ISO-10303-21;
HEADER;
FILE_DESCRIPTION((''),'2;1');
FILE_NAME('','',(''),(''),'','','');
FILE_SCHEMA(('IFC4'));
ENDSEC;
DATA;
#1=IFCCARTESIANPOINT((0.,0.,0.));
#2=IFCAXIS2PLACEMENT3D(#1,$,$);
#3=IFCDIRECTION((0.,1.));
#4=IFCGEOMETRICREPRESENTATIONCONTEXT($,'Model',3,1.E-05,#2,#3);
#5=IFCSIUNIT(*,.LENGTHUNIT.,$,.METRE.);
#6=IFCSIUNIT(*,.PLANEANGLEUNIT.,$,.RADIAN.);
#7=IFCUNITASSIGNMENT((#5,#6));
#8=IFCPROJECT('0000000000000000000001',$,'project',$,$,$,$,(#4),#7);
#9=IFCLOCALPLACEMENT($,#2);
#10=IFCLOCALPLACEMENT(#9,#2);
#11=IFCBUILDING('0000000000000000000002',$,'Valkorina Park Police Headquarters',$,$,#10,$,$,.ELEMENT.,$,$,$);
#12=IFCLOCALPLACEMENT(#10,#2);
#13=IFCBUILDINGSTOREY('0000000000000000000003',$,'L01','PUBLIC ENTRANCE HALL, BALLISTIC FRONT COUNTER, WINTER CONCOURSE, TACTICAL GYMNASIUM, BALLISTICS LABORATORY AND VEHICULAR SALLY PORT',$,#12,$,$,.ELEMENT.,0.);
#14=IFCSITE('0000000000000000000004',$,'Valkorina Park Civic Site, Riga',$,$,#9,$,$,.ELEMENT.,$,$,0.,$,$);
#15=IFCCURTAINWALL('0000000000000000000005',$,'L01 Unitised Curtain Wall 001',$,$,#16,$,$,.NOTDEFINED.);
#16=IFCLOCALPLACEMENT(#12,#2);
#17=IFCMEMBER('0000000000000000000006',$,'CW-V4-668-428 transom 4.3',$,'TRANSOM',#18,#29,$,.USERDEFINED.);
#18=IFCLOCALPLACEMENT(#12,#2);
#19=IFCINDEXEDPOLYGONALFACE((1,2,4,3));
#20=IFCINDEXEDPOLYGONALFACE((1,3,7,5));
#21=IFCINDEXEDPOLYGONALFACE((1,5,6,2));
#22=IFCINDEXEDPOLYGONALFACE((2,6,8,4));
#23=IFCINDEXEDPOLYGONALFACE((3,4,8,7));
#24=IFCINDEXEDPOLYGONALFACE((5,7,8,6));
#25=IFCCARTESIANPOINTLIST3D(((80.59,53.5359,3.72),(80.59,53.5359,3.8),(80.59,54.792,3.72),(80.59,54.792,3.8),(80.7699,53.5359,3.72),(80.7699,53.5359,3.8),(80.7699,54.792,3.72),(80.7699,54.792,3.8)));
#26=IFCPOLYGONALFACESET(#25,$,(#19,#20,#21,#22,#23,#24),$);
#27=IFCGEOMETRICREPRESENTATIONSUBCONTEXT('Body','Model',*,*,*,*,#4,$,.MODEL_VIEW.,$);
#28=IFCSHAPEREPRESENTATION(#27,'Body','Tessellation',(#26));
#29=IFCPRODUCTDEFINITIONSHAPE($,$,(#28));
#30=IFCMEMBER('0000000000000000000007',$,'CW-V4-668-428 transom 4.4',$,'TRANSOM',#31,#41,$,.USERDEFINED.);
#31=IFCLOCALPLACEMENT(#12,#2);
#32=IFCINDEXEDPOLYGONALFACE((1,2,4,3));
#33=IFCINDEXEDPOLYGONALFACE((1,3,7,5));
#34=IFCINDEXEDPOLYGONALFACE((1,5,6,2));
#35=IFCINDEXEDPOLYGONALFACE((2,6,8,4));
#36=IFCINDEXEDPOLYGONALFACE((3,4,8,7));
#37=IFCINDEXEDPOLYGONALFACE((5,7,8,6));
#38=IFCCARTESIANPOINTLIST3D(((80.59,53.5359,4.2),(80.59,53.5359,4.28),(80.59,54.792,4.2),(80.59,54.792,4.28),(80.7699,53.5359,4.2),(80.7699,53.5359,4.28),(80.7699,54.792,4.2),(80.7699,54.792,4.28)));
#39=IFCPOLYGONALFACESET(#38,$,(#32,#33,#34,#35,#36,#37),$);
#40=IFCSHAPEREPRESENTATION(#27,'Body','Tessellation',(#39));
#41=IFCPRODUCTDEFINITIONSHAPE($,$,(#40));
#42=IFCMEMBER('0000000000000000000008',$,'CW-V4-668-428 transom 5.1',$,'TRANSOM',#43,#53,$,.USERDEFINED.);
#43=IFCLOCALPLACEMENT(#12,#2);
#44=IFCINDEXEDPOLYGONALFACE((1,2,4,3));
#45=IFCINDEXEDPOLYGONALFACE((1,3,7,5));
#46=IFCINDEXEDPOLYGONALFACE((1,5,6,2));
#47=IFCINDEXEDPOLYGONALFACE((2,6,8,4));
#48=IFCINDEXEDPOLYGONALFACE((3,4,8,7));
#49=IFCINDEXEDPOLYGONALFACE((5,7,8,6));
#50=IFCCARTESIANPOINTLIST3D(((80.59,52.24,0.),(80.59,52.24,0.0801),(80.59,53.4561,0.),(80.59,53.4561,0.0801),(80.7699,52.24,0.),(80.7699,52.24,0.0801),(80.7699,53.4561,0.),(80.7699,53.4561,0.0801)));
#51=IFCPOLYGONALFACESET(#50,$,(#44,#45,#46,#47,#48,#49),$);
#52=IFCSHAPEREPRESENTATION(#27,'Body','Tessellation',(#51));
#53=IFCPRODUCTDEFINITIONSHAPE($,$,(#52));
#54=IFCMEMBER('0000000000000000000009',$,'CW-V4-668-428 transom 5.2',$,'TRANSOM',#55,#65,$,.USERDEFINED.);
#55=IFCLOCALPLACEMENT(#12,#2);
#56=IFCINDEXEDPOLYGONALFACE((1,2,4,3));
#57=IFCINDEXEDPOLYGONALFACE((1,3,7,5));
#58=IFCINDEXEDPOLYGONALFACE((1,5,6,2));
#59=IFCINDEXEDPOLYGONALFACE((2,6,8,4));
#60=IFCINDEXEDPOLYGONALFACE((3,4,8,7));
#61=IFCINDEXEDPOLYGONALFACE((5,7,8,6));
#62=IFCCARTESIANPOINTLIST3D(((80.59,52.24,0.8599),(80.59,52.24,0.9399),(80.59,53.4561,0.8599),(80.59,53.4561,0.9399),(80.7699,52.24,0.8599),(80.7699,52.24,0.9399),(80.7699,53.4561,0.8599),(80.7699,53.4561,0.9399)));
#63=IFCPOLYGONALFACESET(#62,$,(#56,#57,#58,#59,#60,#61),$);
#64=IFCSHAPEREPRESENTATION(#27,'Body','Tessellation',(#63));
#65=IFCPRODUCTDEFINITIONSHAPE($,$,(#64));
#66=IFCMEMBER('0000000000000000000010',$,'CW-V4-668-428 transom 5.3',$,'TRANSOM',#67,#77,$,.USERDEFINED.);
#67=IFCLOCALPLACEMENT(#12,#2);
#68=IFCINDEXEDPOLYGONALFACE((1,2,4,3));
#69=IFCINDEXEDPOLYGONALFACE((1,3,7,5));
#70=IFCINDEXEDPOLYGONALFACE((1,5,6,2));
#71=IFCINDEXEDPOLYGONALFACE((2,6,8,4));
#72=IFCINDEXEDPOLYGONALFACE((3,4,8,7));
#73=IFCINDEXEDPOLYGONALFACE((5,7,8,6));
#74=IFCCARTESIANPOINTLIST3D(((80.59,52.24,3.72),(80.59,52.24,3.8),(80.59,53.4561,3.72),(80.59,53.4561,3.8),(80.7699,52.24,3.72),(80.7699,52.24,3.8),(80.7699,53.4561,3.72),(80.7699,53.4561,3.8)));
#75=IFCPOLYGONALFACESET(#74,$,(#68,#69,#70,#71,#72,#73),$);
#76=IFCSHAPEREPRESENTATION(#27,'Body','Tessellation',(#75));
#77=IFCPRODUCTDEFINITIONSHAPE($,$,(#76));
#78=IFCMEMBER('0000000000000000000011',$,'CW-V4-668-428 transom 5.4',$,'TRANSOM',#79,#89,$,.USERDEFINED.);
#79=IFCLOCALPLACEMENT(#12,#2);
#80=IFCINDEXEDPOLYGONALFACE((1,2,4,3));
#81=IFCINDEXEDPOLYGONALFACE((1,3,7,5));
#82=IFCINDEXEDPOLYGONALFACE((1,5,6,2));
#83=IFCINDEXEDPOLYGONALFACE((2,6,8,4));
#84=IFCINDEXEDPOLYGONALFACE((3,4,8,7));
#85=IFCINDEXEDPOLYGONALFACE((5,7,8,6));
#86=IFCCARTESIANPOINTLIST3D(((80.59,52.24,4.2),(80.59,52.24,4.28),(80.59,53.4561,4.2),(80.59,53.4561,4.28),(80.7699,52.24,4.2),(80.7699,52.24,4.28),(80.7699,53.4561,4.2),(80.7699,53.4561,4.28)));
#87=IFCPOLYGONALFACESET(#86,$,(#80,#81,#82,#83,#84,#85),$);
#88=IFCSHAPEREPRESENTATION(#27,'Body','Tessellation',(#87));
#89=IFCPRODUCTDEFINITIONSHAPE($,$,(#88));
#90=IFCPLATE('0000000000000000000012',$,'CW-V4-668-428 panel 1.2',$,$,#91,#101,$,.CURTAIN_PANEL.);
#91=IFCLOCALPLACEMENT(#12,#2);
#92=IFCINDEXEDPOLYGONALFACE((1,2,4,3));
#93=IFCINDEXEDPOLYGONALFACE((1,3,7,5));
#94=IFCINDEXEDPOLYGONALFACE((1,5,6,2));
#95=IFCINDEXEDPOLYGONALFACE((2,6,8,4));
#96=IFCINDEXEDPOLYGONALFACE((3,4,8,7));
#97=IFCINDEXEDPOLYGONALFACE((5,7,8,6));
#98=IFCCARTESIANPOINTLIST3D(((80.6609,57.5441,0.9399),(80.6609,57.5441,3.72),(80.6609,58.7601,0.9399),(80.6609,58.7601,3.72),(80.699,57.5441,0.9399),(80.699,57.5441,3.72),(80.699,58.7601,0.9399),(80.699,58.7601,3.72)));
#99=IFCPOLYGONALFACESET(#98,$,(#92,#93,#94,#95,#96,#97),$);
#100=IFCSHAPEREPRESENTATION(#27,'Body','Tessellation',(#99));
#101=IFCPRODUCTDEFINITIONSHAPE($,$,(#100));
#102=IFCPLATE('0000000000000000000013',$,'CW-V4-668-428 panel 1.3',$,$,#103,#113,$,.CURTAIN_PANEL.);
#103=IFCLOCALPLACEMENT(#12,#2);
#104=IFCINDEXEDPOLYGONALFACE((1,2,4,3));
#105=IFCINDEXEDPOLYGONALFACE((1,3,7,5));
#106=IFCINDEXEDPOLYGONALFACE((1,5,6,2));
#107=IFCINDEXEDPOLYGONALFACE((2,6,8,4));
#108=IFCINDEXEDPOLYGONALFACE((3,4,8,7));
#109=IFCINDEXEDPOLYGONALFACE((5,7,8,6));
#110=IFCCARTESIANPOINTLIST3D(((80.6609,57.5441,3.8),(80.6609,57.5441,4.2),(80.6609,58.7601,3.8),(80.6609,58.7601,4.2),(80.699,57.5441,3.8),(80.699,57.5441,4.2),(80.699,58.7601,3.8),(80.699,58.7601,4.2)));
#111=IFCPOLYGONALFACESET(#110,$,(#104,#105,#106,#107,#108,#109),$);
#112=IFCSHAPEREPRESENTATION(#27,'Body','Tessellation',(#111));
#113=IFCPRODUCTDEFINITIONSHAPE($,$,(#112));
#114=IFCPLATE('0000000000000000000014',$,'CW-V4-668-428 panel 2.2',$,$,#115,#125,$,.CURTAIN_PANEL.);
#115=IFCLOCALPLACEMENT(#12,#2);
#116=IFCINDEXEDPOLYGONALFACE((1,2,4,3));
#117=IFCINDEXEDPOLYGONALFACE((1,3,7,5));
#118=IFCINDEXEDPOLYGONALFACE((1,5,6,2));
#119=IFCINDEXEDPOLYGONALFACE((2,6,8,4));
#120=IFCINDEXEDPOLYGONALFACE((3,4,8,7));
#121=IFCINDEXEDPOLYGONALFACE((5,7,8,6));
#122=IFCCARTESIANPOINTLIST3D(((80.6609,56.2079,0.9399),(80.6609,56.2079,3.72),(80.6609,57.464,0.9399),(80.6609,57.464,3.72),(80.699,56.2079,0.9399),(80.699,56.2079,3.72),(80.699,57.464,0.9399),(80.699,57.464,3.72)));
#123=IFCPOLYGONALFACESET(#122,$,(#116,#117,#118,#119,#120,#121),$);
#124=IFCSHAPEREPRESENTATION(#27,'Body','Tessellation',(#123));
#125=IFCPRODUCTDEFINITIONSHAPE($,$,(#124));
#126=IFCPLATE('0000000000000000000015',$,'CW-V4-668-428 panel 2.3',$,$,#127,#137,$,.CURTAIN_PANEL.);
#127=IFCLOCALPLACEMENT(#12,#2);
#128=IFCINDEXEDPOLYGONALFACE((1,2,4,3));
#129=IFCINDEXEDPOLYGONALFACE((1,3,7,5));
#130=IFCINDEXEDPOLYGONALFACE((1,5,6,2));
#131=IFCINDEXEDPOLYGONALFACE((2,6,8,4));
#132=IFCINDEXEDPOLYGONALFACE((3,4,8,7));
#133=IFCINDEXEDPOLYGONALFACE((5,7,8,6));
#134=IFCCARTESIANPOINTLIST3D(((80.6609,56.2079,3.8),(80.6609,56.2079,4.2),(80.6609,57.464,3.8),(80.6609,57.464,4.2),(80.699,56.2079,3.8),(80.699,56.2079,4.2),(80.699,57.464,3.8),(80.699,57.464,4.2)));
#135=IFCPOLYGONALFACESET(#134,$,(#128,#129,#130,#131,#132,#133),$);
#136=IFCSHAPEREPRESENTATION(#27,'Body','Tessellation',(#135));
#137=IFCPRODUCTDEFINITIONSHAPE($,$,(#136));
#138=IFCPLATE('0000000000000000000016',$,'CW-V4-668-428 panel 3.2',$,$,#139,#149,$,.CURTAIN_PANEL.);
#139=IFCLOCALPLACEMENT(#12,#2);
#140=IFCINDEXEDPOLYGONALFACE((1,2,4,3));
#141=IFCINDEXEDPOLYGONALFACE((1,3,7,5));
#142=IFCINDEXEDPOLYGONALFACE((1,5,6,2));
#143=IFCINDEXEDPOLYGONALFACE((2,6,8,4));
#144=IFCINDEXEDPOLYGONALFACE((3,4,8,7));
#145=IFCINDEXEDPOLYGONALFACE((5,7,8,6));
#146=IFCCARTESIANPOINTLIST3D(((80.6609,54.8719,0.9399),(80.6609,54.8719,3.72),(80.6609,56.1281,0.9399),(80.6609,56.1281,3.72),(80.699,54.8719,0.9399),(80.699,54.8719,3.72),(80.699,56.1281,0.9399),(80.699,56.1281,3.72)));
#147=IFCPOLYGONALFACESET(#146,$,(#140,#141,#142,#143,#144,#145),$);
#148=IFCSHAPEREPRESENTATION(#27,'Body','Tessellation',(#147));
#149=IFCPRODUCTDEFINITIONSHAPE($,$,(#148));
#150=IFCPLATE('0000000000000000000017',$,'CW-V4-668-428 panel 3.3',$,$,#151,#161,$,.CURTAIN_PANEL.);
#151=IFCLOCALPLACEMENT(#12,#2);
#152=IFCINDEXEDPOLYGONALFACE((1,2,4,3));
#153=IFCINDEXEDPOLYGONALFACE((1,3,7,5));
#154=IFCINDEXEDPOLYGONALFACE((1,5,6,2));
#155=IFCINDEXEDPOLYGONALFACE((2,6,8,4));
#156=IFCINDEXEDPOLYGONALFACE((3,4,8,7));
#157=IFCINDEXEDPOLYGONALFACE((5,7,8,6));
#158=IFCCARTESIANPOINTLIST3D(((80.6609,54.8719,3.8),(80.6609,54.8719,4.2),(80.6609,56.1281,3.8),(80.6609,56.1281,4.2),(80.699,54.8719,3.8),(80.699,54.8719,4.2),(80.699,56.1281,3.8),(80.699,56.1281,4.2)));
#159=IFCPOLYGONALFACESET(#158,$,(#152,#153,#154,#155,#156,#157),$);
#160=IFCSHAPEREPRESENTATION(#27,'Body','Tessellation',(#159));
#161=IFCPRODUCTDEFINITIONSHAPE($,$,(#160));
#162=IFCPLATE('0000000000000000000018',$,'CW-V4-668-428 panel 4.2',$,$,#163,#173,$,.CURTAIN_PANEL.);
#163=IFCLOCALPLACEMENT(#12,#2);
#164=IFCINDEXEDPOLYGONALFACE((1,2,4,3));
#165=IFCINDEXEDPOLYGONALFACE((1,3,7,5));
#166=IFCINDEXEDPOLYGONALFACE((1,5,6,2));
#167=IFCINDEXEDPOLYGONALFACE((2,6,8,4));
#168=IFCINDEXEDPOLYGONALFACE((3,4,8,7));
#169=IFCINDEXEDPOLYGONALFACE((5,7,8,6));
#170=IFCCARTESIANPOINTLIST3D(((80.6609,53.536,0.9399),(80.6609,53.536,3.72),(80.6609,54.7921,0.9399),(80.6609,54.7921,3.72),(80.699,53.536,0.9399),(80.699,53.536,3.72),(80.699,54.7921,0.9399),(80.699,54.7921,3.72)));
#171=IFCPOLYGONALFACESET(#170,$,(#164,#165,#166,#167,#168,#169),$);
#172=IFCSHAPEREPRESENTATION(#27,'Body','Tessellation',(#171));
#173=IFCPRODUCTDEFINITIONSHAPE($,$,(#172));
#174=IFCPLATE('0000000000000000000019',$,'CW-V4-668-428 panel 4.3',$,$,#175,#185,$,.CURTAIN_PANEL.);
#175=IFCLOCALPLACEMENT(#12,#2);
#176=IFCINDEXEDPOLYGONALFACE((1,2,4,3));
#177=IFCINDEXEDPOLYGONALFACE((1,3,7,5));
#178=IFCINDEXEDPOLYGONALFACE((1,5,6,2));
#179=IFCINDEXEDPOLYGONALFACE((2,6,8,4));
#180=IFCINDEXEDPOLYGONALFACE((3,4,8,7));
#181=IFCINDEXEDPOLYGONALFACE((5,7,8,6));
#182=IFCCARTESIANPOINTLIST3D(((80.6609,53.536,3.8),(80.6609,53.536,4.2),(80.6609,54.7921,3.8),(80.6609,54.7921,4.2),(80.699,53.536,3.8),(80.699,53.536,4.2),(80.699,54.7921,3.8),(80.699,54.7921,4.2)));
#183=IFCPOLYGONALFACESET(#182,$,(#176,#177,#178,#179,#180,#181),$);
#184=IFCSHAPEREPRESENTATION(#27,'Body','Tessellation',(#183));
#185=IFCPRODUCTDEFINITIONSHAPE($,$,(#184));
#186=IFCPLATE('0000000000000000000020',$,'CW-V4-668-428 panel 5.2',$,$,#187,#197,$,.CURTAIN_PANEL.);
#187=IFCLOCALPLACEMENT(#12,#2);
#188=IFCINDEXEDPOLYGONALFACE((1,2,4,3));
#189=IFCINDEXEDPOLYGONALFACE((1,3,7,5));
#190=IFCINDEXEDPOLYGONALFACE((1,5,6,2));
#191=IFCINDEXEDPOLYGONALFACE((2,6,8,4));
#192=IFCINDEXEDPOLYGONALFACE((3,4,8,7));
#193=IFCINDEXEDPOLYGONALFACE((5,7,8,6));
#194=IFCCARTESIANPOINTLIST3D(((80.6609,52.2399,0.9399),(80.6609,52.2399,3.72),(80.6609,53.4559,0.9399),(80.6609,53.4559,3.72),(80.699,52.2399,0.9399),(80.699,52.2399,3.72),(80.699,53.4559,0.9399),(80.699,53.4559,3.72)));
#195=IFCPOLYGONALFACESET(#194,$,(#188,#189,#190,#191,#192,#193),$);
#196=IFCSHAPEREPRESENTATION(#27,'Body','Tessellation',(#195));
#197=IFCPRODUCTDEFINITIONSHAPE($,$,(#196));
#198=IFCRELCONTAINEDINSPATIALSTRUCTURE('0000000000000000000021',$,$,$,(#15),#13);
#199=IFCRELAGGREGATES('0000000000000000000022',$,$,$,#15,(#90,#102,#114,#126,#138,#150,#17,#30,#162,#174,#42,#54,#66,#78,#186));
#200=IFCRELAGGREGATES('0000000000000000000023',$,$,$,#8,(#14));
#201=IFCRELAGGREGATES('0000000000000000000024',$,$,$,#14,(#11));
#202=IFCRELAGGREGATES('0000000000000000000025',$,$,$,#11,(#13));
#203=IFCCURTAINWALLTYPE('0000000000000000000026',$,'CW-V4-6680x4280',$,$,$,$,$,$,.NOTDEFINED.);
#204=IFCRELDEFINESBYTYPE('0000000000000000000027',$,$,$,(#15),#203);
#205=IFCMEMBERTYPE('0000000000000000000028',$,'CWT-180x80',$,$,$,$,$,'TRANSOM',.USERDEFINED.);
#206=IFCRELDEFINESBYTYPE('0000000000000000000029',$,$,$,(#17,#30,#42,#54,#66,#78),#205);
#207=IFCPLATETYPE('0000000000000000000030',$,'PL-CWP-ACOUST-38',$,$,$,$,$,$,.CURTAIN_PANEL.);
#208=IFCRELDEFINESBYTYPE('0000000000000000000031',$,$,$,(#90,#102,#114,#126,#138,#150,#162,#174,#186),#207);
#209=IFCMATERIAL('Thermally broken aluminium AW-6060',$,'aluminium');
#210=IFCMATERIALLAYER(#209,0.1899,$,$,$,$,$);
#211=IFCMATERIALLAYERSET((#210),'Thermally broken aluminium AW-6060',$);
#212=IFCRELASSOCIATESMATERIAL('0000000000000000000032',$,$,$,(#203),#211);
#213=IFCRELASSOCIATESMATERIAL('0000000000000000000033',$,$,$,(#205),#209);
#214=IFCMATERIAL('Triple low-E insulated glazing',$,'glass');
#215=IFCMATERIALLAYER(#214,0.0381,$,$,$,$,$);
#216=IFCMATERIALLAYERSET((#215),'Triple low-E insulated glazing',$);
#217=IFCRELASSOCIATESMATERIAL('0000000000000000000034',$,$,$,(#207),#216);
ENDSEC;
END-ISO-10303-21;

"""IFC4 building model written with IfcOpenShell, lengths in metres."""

from ifc_helpers import new_model, si_unit, direction, frame, origin, origin_2d, place, context, subcontext, project, spatial, rectangle, extrude, material, layer, layer_set, material_profile, profile_set, type_object, element, aggregate, save


model = new_model("IFC4")

# Units and contexts
model_context = context("Model", 3, precision=1e-05, world=origin(), true_north=direction((0.0, 1.0)))
body_context = subcontext(model_context, "Body", "Model", "MODEL_VIEW")
ifc_project = project(units=[si_unit("LENGTHUNIT", "METRE"), si_unit("PLANEANGLEUNIT", "RADIAN")], contexts=[model_context])

# Site, building, storey
site_placement = place(None, origin())
site = spatial("IfcSite", under=ifc_project, at=site_placement, Name="Valkorina Park Civic Site, Riga", CompositionType="ELEMENT", RefElevation=0.0)
building_placement = place(site_placement, origin())
building = spatial("IfcBuilding", under=site, at=building_placement, Name="Valkorina Park Police Headquarters", CompositionType="ELEMENT")
storey_placement = place(building_placement, origin())
storey = spatial("IfcBuildingStorey", under=building, at=storey_placement, Name="L01", Description="PUBLIC ENTRANCE HALL, BALLISTIC FRONT COUNTER, WINTER CONCOURSE, TACTICAL GYMNASIUM, BALLISTICS LABORATORY AND VEHICULAR SALLY PORT", CompositionType="ELEMENT", Elevation=0.0)

# Curtain wall, members, plates
ifc_material_1 = material(Name="Thermally broken aluminium AW-6060", Category="aluminium")
ifc_layer_1 = layer(ifc_material_1, 0.1899)
ifc_layer_set_1 = layer_set([ifc_layer_1], Name="Thermally broken aluminium AW-6060")
curtain_wall_type = type_object("IfcCurtainWallType", Name="CW-V4-6680x4280", PredefinedType="NOTDEFINED", material=ifc_layer_set_1)
curtain_wall_placement = place(storey_placement, origin())
curtain_wall = element("IfcCurtainWall", 1, at=curtain_wall_placement, inside=storey, type_object=curtain_wall_type, Name="L01 Unitised Curtain Wall 001", PredefinedType="NOTDEFINED")
ifc_material_profile_1 = material_profile(ifc_material_1, rectangle(XDim=0.1799, YDim=0.0801, at=origin_2d()), Name="CWT-03 180x80")
ifc_profile_set_1 = profile_set([ifc_material_profile_1], Name="Thermally broken aluminium AW-6060")
member_type_1 = type_object("IfcMemberType", Name="CWT-180x80", ElementType="TRANSOM", PredefinedType="USERDEFINED", material=ifc_profile_set_1)
member_1_placement = place(storey_placement, frame((80.6799, 54.792, 3.76), z_axis=(0.0, -1.0, 0.0), x_axis=(1.0, 0.0, 0.0)))
member_1 = element("IfcMember", 2, at=member_1_placement, type_object=member_type_1, Name="CW-V4-668-428 transom 4.3", ObjectType="TRANSOM", PredefinedType="USERDEFINED", context=body_context, shape_type="SweptSolid", body=[
    extrude(rectangle(XDim=0.1799, YDim=0.0801, at=origin_2d()), origin(), (0.0, 0.0, 1.0), 1.2561),
])
member_2_placement = place(storey_placement, frame((80.6799, 54.792, 4.24), z_axis=(0.0, -1.0, 0.0), x_axis=(1.0, 0.0, 0.0)))
member_2 = element("IfcMember", 3, at=member_2_placement, type_object=member_type_1, Name="CW-V4-668-428 transom 4.4", ObjectType="TRANSOM", PredefinedType="USERDEFINED", context=body_context, shape_type="SweptSolid", body=[
    extrude(rectangle(XDim=0.1799, YDim=0.0801, at=origin_2d()), origin(), (0.0, 0.0, 1.0), 1.2561),
])
member_3_placement = place(storey_placement, frame((80.6799, 53.4561, 0.04), z_axis=(0.0, -1.0, 0.0), x_axis=(1.0, 0.0, 0.0)))
member_3 = element("IfcMember", 4, at=member_3_placement, type_object=member_type_1, Name="CW-V4-668-428 transom 5.1", ObjectType="TRANSOM", PredefinedType="USERDEFINED", context=body_context, shape_type="SweptSolid", body=[
    extrude(rectangle(XDim=0.1799, YDim=0.0801, at=origin_2d()), origin(), (0.0, 0.0, 1.0), 1.2161),
])
member_4_placement = place(storey_placement, frame((80.6799, 53.4561, 0.8999), z_axis=(0.0, -1.0, 0.0), x_axis=(1.0, 0.0, 0.0)))
member_4 = element("IfcMember", 5, at=member_4_placement, type_object=member_type_1, Name="CW-V4-668-428 transom 5.2", ObjectType="TRANSOM", PredefinedType="USERDEFINED", context=body_context, shape_type="SweptSolid", body=[
    extrude(rectangle(XDim=0.1799, YDim=0.0801, at=origin_2d()), origin(), (0.0, 0.0, 1.0), 1.2161),
])
member_5_placement = place(storey_placement, frame((80.6799, 53.4561, 3.76), z_axis=(0.0, -1.0, 0.0), x_axis=(1.0, 0.0, 0.0)))
member_5 = element("IfcMember", 6, at=member_5_placement, type_object=member_type_1, Name="CW-V4-668-428 transom 5.3", ObjectType="TRANSOM", PredefinedType="USERDEFINED", context=body_context, shape_type="SweptSolid", body=[
    extrude(rectangle(XDim=0.1799, YDim=0.0801, at=origin_2d()), origin(), (0.0, 0.0, 1.0), 1.2161),
])
member_6_placement = place(storey_placement, frame((80.6799, 53.4561, 4.24), z_axis=(0.0, -1.0, 0.0), x_axis=(1.0, 0.0, 0.0)))
member_6 = element("IfcMember", 7, at=member_6_placement, type_object=member_type_1, Name="CW-V4-668-428 transom 5.4", ObjectType="TRANSOM", PredefinedType="USERDEFINED", context=body_context, shape_type="SweptSolid", body=[
    extrude(rectangle(XDim=0.1799, YDim=0.0801, at=origin_2d()), origin(), (0.0, 0.0, 1.0), 1.2161),
])
ifc_material_2 = material(Name="Triple low-E insulated glazing", Category="glass")
ifc_layer_2 = layer(ifc_material_2, 0.0381)
ifc_layer_set_2 = layer_set([ifc_layer_2], Name="Triple low-E insulated glazing")
plate_type_1 = type_object("IfcPlateType", Name="PL-CWP-ACOUST-38", PredefinedType="CURTAIN_PANEL", material=ifc_layer_set_2)
plate_1_placement = place(storey_placement, frame((80.6799, 58.1521, 0.9399), z_axis=(0.0, 0.0, 1.0), x_axis=(0.0, -1.0, 0.0)))
plate_1 = element("IfcPlate", 8, at=plate_1_placement, type_object=plate_type_1, Name="CW-V4-668-428 panel 1.2", PredefinedType="CURTAIN_PANEL", context=body_context, shape_type="SweptSolid", body=[
    extrude(rectangle(XDim=1.2161, YDim=0.0381, at=origin_2d()), origin(), (0.0, 0.0, 1.0), 2.78),
])
plate_2_placement = place(storey_placement, frame((80.6799, 58.1521, 3.8), z_axis=(0.0, 0.0, 1.0), x_axis=(0.0, -1.0, 0.0)))
plate_2 = element("IfcPlate", 9, at=plate_2_placement, type_object=plate_type_1, Name="CW-V4-668-428 panel 1.3", PredefinedType="CURTAIN_PANEL", context=body_context, shape_type="SweptSolid", body=[
    extrude(rectangle(XDim=1.2161, YDim=0.0381, at=origin_2d()), origin(), (0.0, 0.0, 1.0), 0.3999),
])
plate_3_placement = place(storey_placement, frame((80.6799, 56.8359, 0.9399), z_axis=(0.0, 0.0, 1.0), x_axis=(0.0, -1.0, 0.0)))
plate_3 = element("IfcPlate", 10, at=plate_3_placement, type_object=plate_type_1, Name="CW-V4-668-428 panel 2.2", PredefinedType="CURTAIN_PANEL", context=body_context, shape_type="SweptSolid", body=[
    extrude(rectangle(XDim=1.2561, YDim=0.0381, at=origin_2d()), origin(), (0.0, 0.0, 1.0), 2.78),
])
plate_4_placement = place(storey_placement, frame((80.6799, 56.8359, 3.8), z_axis=(0.0, 0.0, 1.0), x_axis=(0.0, -1.0, 0.0)))
plate_4 = element("IfcPlate", 11, at=plate_4_placement, type_object=plate_type_1, Name="CW-V4-668-428 panel 2.3", PredefinedType="CURTAIN_PANEL", context=body_context, shape_type="SweptSolid", body=[
    extrude(rectangle(XDim=1.2561, YDim=0.0381, at=origin_2d()), origin(), (0.0, 0.0, 1.0), 0.3999),
])
plate_5_placement = place(storey_placement, frame((80.6799, 55.5, 0.9399), z_axis=(0.0, 0.0, 1.0), x_axis=(0.0, -1.0, 0.0)))
plate_5 = element("IfcPlate", 12, at=plate_5_placement, type_object=plate_type_1, Name="CW-V4-668-428 panel 3.2", PredefinedType="CURTAIN_PANEL", context=body_context, shape_type="SweptSolid", body=[
    extrude(rectangle(XDim=1.2561, YDim=0.0381, at=origin_2d()), origin(), (0.0, 0.0, 1.0), 2.78),
])
plate_6_placement = place(storey_placement, frame((80.6799, 55.5, 3.8), z_axis=(0.0, 0.0, 1.0), x_axis=(0.0, -1.0, 0.0)))
plate_6 = element("IfcPlate", 13, at=plate_6_placement, type_object=plate_type_1, Name="CW-V4-668-428 panel 3.3", PredefinedType="CURTAIN_PANEL", context=body_context, shape_type="SweptSolid", body=[
    extrude(rectangle(XDim=1.2561, YDim=0.0381, at=origin_2d()), origin(), (0.0, 0.0, 1.0), 0.3999),
])
plate_7_placement = place(storey_placement, frame((80.6799, 54.1641, 0.9399), z_axis=(0.0, 0.0, 1.0), x_axis=(0.0, -1.0, 0.0)))
plate_7 = element("IfcPlate", 14, at=plate_7_placement, type_object=plate_type_1, Name="CW-V4-668-428 panel 4.2", PredefinedType="CURTAIN_PANEL", context=body_context, shape_type="SweptSolid", body=[
    extrude(rectangle(XDim=1.2561, YDim=0.0381, at=origin_2d()), origin(), (0.0, 0.0, 1.0), 2.78),
])
plate_8_placement = place(storey_placement, frame((80.6799, 54.1641, 3.8), z_axis=(0.0, 0.0, 1.0), x_axis=(0.0, -1.0, 0.0)))
plate_8 = element("IfcPlate", 15, at=plate_8_placement, type_object=plate_type_1, Name="CW-V4-668-428 panel 4.3", PredefinedType="CURTAIN_PANEL", context=body_context, shape_type="SweptSolid", body=[
    extrude(rectangle(XDim=1.2561, YDim=0.0381, at=origin_2d()), origin(), (0.0, 0.0, 1.0), 0.3999),
])
plate_9_placement = place(storey_placement, frame((80.6799, 52.8479, 0.9399), z_axis=(0.0, 0.0, 1.0), x_axis=(0.0, -1.0, 0.0)))
plate_9 = element("IfcPlate", 16, at=plate_9_placement, type_object=plate_type_1, Name="CW-V4-668-428 panel 5.2", PredefinedType="CURTAIN_PANEL", context=body_context, shape_type="SweptSolid", body=[
    extrude(rectangle(XDim=1.2161, YDim=0.0381, at=origin_2d()), origin(), (0.0, 0.0, 1.0), 2.78),
])
aggregate(curtain_wall, [plate_1, plate_2, plate_3, plate_4, plate_5, plate_6, member_1, member_2, plate_7, plate_8, member_3, member_4, member_5, member_6, plate_9])

save(model, "model.ifc")
